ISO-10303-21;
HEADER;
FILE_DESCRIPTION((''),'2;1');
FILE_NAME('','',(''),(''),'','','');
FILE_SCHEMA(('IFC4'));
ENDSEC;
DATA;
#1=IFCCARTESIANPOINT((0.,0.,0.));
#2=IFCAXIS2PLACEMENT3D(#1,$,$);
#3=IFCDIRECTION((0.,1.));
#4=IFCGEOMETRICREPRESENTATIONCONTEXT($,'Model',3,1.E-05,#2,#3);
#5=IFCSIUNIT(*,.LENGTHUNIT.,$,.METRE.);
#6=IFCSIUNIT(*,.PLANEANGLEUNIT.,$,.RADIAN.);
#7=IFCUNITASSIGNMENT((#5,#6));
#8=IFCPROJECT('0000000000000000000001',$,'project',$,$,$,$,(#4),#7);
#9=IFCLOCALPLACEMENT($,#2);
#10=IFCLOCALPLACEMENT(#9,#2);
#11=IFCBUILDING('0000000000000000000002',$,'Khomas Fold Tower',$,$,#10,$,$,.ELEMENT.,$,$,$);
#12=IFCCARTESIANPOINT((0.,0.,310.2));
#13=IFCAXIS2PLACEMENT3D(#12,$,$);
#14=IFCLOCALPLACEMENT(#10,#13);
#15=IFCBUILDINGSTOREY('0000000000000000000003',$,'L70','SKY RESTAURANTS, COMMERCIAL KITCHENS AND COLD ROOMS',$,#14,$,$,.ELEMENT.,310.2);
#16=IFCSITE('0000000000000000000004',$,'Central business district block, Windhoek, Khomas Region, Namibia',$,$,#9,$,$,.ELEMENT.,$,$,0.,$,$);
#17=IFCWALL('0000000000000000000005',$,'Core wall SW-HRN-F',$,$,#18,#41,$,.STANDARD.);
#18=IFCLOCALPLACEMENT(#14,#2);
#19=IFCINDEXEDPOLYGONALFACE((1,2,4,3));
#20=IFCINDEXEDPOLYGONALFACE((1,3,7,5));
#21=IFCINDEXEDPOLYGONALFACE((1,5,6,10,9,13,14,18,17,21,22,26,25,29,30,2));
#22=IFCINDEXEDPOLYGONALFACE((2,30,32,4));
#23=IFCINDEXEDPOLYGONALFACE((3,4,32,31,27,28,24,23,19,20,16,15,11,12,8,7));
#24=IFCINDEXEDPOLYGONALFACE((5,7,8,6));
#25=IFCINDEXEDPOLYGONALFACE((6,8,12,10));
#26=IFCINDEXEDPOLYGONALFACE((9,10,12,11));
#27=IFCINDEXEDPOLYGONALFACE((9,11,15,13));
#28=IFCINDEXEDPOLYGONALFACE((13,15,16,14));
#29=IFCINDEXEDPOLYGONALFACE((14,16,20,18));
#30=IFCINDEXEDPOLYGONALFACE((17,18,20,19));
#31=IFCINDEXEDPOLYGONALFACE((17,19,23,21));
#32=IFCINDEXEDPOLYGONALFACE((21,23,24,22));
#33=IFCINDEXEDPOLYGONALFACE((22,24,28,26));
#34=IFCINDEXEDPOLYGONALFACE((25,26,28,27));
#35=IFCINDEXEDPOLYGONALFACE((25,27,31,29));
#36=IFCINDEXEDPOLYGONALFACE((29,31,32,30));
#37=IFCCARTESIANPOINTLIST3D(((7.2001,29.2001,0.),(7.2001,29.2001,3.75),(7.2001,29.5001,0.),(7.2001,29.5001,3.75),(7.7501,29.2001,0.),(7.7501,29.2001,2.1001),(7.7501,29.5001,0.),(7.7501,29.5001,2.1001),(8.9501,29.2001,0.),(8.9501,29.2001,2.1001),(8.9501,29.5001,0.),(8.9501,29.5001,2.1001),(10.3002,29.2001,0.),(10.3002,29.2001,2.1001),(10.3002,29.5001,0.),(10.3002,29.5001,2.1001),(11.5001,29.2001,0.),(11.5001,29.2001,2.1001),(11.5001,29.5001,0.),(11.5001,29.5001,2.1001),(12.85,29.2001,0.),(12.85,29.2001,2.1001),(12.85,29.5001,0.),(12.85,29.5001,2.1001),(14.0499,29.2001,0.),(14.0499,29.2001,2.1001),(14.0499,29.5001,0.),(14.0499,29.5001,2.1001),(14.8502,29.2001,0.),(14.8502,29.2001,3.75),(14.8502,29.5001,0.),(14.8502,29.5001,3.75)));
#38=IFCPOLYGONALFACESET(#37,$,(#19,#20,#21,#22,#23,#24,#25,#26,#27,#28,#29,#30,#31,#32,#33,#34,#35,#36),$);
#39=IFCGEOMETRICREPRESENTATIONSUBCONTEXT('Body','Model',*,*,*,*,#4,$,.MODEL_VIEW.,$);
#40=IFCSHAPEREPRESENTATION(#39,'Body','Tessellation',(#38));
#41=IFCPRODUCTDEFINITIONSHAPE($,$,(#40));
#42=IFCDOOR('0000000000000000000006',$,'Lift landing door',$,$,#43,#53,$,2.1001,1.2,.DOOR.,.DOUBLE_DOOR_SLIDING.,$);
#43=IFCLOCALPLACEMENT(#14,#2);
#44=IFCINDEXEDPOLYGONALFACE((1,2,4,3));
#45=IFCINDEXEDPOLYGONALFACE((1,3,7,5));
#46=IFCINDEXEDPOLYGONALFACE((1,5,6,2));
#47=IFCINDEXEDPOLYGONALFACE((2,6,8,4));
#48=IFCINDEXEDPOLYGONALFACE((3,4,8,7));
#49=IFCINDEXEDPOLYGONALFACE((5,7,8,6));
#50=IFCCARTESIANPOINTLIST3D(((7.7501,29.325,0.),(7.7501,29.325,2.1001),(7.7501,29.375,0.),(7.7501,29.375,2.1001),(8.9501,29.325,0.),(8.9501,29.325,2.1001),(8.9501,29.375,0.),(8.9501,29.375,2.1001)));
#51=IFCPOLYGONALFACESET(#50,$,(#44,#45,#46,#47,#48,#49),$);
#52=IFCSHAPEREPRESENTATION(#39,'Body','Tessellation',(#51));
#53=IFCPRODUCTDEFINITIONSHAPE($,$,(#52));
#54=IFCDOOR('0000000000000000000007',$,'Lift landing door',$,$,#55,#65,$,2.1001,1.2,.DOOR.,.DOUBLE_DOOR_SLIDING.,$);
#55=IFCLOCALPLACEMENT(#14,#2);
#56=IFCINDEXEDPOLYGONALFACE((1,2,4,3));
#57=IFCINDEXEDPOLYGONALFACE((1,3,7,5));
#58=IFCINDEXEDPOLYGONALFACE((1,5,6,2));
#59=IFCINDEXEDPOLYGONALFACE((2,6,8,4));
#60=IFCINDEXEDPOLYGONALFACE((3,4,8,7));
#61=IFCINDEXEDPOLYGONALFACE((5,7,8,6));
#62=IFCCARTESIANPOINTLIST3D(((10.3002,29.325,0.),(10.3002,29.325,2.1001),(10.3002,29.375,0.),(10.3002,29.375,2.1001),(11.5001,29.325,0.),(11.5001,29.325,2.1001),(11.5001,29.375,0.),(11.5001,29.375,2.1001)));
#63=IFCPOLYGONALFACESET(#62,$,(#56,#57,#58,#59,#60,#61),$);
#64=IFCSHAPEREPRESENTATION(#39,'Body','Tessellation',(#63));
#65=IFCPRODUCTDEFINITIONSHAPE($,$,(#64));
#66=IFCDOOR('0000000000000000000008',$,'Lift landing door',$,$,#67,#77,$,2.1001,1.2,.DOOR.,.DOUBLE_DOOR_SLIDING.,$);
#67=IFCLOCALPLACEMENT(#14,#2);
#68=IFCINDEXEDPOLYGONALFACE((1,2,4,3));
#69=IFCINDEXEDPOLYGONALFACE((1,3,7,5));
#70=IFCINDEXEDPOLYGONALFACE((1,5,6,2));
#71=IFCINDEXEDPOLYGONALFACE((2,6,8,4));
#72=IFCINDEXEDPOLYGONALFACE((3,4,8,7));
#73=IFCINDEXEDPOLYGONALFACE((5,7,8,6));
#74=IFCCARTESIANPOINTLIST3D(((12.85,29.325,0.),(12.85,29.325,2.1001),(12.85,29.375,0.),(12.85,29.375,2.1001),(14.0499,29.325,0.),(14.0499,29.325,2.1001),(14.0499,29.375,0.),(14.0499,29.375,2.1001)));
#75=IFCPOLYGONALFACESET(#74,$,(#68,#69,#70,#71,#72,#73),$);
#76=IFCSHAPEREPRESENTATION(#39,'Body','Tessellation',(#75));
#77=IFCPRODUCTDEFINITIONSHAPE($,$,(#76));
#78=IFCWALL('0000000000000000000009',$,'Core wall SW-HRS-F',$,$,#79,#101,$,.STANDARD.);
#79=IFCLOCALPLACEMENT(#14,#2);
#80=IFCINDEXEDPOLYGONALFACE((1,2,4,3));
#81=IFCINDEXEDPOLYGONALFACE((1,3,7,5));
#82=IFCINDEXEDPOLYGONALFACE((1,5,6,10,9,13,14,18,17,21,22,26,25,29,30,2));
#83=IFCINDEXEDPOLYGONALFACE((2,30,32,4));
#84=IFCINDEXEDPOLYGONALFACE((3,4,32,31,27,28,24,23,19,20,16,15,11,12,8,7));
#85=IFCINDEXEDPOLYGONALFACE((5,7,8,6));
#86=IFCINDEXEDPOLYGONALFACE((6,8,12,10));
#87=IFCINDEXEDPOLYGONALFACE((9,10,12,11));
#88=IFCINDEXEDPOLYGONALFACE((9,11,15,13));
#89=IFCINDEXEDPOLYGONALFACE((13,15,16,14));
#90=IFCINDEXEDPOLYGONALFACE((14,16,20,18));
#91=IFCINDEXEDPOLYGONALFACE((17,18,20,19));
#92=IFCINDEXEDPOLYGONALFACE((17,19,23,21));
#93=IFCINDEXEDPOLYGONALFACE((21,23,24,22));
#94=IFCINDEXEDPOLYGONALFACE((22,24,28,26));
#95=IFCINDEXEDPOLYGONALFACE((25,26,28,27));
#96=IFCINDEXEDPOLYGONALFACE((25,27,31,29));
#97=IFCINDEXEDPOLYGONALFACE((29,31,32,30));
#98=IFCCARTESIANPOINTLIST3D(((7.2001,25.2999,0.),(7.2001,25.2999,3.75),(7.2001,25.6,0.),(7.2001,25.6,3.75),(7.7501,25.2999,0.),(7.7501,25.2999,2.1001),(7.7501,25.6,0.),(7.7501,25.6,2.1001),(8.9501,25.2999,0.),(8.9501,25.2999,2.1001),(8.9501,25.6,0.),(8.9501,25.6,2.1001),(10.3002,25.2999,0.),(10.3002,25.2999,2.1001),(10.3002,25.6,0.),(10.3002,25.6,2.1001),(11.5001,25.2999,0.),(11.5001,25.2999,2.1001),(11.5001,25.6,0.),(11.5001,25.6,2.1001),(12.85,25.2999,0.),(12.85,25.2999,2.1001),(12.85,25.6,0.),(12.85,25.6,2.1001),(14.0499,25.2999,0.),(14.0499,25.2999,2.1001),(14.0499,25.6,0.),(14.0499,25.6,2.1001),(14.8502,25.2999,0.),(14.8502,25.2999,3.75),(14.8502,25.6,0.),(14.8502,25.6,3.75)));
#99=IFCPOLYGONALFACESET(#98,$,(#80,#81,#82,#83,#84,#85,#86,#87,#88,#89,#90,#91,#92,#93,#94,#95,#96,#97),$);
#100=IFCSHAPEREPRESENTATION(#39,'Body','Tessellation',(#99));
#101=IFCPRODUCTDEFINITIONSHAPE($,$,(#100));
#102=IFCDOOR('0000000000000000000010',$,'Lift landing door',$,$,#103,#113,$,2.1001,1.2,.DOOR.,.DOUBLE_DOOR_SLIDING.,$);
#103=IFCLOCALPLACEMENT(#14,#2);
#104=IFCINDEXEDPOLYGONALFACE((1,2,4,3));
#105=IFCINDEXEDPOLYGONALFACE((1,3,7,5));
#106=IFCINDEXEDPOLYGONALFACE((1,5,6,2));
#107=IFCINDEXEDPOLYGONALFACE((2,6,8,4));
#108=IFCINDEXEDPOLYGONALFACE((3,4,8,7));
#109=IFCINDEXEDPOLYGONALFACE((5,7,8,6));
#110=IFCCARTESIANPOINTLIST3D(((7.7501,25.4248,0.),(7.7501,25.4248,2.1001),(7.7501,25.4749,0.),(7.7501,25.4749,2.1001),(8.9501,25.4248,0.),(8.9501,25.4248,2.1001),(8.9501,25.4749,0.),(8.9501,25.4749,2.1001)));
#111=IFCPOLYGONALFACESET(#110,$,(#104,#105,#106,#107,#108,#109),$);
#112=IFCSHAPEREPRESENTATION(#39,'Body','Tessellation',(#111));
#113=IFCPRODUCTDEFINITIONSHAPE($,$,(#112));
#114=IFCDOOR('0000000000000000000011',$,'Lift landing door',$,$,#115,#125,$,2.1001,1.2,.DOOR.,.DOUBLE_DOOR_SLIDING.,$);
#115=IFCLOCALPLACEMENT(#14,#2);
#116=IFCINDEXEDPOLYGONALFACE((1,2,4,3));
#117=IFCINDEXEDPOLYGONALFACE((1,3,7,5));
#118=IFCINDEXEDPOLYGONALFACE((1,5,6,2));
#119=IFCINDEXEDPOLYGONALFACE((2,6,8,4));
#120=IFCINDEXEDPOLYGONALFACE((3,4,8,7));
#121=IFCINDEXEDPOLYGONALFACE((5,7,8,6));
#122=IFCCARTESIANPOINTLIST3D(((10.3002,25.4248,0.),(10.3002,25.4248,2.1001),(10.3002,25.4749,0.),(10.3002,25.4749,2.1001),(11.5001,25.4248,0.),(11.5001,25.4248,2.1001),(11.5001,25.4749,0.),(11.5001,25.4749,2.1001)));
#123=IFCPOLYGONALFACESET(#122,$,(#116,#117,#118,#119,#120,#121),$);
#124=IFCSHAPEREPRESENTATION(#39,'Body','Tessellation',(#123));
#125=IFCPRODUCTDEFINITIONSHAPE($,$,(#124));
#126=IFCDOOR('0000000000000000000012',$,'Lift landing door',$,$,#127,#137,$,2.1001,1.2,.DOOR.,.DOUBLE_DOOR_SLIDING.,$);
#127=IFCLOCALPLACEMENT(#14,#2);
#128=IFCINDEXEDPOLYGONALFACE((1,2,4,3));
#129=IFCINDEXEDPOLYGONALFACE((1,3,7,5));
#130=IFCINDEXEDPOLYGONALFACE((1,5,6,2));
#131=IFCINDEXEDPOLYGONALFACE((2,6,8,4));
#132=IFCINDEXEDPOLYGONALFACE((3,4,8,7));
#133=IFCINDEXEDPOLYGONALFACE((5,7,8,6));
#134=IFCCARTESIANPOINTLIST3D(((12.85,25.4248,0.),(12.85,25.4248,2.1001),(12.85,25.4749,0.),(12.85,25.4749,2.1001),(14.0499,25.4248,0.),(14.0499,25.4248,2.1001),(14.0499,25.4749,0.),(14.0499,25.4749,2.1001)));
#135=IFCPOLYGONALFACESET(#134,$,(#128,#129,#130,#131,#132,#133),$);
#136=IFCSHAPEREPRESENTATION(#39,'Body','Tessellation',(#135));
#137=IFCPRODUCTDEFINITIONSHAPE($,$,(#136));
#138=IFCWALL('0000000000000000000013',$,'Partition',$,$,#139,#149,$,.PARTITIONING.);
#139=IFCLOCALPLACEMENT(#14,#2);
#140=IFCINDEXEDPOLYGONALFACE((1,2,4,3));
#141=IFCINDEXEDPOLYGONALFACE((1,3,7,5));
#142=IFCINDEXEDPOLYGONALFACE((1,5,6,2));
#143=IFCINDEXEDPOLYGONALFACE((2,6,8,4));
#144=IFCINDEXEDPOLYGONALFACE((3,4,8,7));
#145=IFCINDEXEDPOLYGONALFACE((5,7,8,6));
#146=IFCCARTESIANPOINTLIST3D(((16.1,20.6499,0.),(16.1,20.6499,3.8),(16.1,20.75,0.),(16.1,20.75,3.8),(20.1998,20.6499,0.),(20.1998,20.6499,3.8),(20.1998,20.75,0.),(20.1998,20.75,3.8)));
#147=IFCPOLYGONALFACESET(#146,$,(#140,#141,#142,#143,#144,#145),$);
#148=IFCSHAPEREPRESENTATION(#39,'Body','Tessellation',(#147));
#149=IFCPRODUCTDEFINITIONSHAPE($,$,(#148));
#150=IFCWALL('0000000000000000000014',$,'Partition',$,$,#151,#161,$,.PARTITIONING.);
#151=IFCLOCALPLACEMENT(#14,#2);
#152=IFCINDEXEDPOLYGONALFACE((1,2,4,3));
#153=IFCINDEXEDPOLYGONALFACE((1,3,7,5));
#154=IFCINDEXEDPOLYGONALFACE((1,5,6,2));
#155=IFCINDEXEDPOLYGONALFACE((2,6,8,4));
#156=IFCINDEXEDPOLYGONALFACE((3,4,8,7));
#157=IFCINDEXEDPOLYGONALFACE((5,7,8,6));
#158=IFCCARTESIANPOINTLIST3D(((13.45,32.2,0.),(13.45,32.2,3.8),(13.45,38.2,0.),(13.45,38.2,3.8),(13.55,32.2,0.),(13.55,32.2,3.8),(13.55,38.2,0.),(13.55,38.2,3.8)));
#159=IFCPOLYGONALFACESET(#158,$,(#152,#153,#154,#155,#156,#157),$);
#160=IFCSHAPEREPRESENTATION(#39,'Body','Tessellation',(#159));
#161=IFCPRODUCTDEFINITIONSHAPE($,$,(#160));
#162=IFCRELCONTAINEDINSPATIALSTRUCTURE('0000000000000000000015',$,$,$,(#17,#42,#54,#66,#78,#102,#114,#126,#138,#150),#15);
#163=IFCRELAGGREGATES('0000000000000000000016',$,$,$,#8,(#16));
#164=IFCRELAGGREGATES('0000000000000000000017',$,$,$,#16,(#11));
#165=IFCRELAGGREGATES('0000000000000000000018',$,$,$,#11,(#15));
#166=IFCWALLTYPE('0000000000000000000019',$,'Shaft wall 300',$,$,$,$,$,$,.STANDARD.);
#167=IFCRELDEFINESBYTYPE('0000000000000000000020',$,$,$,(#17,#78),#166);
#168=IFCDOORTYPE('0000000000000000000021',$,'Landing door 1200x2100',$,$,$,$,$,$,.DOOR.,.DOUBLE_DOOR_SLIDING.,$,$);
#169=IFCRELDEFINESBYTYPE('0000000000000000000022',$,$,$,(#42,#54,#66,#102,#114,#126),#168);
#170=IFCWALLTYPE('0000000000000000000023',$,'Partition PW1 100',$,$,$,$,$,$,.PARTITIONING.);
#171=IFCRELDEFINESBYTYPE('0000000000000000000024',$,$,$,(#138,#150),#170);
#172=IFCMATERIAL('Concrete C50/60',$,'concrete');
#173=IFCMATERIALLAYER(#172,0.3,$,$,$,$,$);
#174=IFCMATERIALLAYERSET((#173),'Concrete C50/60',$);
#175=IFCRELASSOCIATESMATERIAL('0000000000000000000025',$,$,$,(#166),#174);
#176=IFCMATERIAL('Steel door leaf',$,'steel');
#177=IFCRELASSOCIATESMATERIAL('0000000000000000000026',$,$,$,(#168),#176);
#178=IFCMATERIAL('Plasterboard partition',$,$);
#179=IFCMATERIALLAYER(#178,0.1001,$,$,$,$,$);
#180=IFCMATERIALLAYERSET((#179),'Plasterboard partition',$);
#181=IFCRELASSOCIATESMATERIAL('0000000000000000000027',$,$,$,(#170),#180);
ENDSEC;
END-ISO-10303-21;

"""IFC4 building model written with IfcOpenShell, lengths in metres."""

from ifc_helpers import new_model, si_unit, direction, frame, frame_2d, origin, place, context, subcontext, project, spatial, rectangle, extrude, source, transform, mapped, material, layer, layer_set, type_object, element, fill, save


model = new_model("IFC4")

# Units and contexts
model_context = context("Model", 3, precision=1e-05, world=origin(), true_north=direction((0.0, 1.0)))
body_context = subcontext(model_context, "Body", "Model", "MODEL_VIEW")
ifc_project = project(units=[si_unit("LENGTHUNIT", "METRE"), si_unit("PLANEANGLEUNIT", "RADIAN")], contexts=[model_context])

# Site, building, storey
site_placement = place(None, origin())
site = spatial("IfcSite", under=ifc_project, at=site_placement, Name="Central business district block, Windhoek, Khomas Region, Namibia", CompositionType="ELEMENT", RefElevation=0.0)
building_placement = place(site_placement, origin())
building = spatial("IfcBuilding", under=site, at=building_placement, Name="Khomas Fold Tower", CompositionType="ELEMENT")
storey_placement = place(building_placement, frame((0.0, 0.0, 310.2)))
storey = spatial("IfcBuildingStorey", under=building, at=storey_placement, Name="L70", Description="SKY RESTAURANTS, COMMERCIAL KITCHENS AND COLD ROOMS", CompositionType="ELEMENT", Elevation=310.2)

# Shared definitions
ifc_material_1 = material(Name="Concrete C50/60", Category="concrete")
ifc_layer_1 = layer(ifc_material_1, 0.3)
ifc_layer_set_1 = layer_set([ifc_layer_1], Name="Concrete C50/60")
wall_type_1 = type_object("IfcWallType", Name="Shaft wall 300", PredefinedType="STANDARD", material=ifc_layer_set_1)
shared_shape_1 = source(origin(), body_context, "Body", "SweptSolid", [
    extrude(rectangle(XDim=7.6501, YDim=0.3, at=frame_2d((3.8252, 0.0))), origin(), (0.0, 0.0, 1.0), 3.75),
])

# Walls, openings, doors
wall_1_placement = place(storey_placement, frame((7.2, 29.3501, 0.0), z_axis=(0.0, 0.0, 1.0), x_axis=(1.0, 0.0, 0.0)))
wall_1 = element("IfcWall", 1, at=wall_1_placement, inside=storey, type_object=wall_type_1, Name="Core wall SW-HRN-F", PredefinedType="STANDARD", context=body_context, shape_type="MappedRepresentation", body=[
    mapped(shared_shape_1, transform((0.0, 0.0, 0.0))),
])
shared_shape_2 = source(origin(), body_context, "Body", "SweptSolid", [
    extrude(rectangle(XDim=1.2, YDim=2.1001, at=frame_2d((0.6001, 1.05))), frame((0.0, 0.1599, 0.0), z_axis=(0.0, -1.0, 0.0), x_axis=(1.0, 0.0, 0.0)), (0.0, 0.0, 1.0), 0.3201),
])
opening_1_placement = place(wall_1_placement, frame((0.55, 0.0, 0.0)))
opening_1 = element("IfcOpeningElement", 2, at=opening_1_placement, cuts=wall_1, PredefinedType="OPENING", context=body_context, shape_type="MappedRepresentation", body=[
    mapped(shared_shape_2, transform((0.0, 0.0, 0.0))),
])
opening_2_placement = place(wall_1_placement, frame((3.1001, 0.0, 0.0)))
opening_2 = element("IfcOpeningElement", 3, at=opening_2_placement, cuts=wall_1, PredefinedType="OPENING", context=body_context, shape_type="MappedRepresentation", body=[
    mapped(shared_shape_2, transform((0.0, 0.0, 0.0))),
])
opening_3_placement = place(wall_1_placement, frame((5.6499, 0.0, 0.0)))
opening_3 = element("IfcOpeningElement", 4, at=opening_3_placement, cuts=wall_1, PredefinedType="OPENING", context=body_context, shape_type="MappedRepresentation", body=[
    mapped(shared_shape_2, transform((0.0, 0.0, 0.0))),
])
ifc_material_2 = material(Name="Steel door leaf", Category="steel")
door_type_1 = type_object("IfcDoorType", Name="Landing door 1200x2100", OperationType="DOUBLE_DOOR_SLIDING", PredefinedType="DOOR", material=ifc_material_2)
shared_shape_3 = source(origin(), body_context, "Body", "SweptSolid", [
    extrude(rectangle(XDim=1.2, YDim=2.1001, at=frame_2d((0.6001, 1.05))), frame((0.0, 0.0249, 0.0), z_axis=(0.0, -1.0, 0.0), x_axis=(1.0, 0.0, 0.0)), (0.0, 0.0, 1.0), 0.05),
])
door_1_placement = place(opening_1_placement, origin())
door_1 = element("IfcDoor", 5, at=door_1_placement, inside=storey, type_object=door_type_1, Name="Lift landing door", OperationType="DOUBLE_DOOR_SLIDING", OverallHeight=2.1001, OverallWidth=1.2, PredefinedType="DOOR", context=body_context, shape_type="MappedRepresentation", body=[
    mapped(shared_shape_3, transform((0.0, 0.0, 0.0))),
])
fill(opening_1, door_1)
door_2_placement = place(opening_2_placement, origin())
door_2 = element("IfcDoor", 6, at=door_2_placement, inside=storey, type_object=door_type_1, Name="Lift landing door", OperationType="DOUBLE_DOOR_SLIDING", OverallHeight=2.1001, OverallWidth=1.2, PredefinedType="DOOR", context=body_context, shape_type="MappedRepresentation", body=[
    mapped(shared_shape_3, transform((0.0, 0.0, 0.0))),
])
fill(opening_2, door_2)
door_3_placement = place(opening_3_placement, origin())
door_3 = element("IfcDoor", 7, at=door_3_placement, inside=storey, type_object=door_type_1, Name="Lift landing door", OperationType="DOUBLE_DOOR_SLIDING", OverallHeight=2.1001, OverallWidth=1.2, PredefinedType="DOOR", context=body_context, shape_type="MappedRepresentation", body=[
    mapped(shared_shape_3, transform((0.0, 0.0, 0.0))),
])
fill(opening_3, door_3)
wall_2_placement = place(storey_placement, frame((7.2, 25.45, 0.0), z_axis=(0.0, 0.0, 1.0), x_axis=(1.0, 0.0, 0.0)))
wall_2 = element("IfcWall", 8, at=wall_2_placement, inside=storey, type_object=wall_type_1, Name="Core wall SW-HRS-F", PredefinedType="STANDARD", context=body_context, shape_type="MappedRepresentation", body=[
    mapped(shared_shape_1, transform((0.0, 0.0, 0.0))),
])
opening_4_placement = place(wall_2_placement, frame((0.55, 0.0, 0.0)))
opening_4 = element("IfcOpeningElement", 9, at=opening_4_placement, cuts=wall_2, PredefinedType="OPENING", context=body_context, shape_type="MappedRepresentation", body=[
    mapped(shared_shape_2, transform((0.0, 0.0, 0.0))),
])
opening_5_placement = place(wall_2_placement, frame((3.1001, 0.0, 0.0)))
opening_5 = element("IfcOpeningElement", 10, at=opening_5_placement, cuts=wall_2, PredefinedType="OPENING", context=body_context, shape_type="MappedRepresentation", body=[
    mapped(shared_shape_2, transform((0.0, 0.0, 0.0))),
])
opening_6_placement = place(wall_2_placement, frame((5.6499, 0.0, 0.0)))
opening_6 = element("IfcOpeningElement", 11, at=opening_6_placement, cuts=wall_2, PredefinedType="OPENING", context=body_context, shape_type="MappedRepresentation", body=[
    mapped(shared_shape_2, transform((0.0, 0.0, 0.0))),
])
door_4_placement = place(opening_4_placement, origin())
door_4 = element("IfcDoor", 12, at=door_4_placement, inside=storey, type_object=door_type_1, Name="Lift landing door", OperationType="DOUBLE_DOOR_SLIDING", OverallHeight=2.1001, OverallWidth=1.2, PredefinedType="DOOR", context=body_context, shape_type="MappedRepresentation", body=[
    mapped(shared_shape_3, transform((0.0, 0.0, 0.0))),
])
fill(opening_4, door_4)
door_5_placement = place(opening_5_placement, origin())
door_5 = element("IfcDoor", 13, at=door_5_placement, inside=storey, type_object=door_type_1, Name="Lift landing door", OperationType="DOUBLE_DOOR_SLIDING", OverallHeight=2.1001, OverallWidth=1.2, PredefinedType="DOOR", context=body_context, shape_type="MappedRepresentation", body=[
    mapped(shared_shape_3, transform((0.0, 0.0, 0.0))),
])
fill(opening_5, door_5)
door_6_placement = place(opening_6_placement, origin())
door_6 = element("IfcDoor", 14, at=door_6_placement, inside=storey, type_object=door_type_1, Name="Lift landing door", OperationType="DOUBLE_DOOR_SLIDING", OverallHeight=2.1001, OverallWidth=1.2, PredefinedType="DOOR", context=body_context, shape_type="MappedRepresentation", body=[
    mapped(shared_shape_3, transform((0.0, 0.0, 0.0))),
])
fill(opening_6, door_6)

# Walls
ifc_material_3 = material(Name="Plasterboard partition")
ifc_layer_2 = layer(ifc_material_3, 0.1001)
ifc_layer_set_2 = layer_set([ifc_layer_2], Name="Plasterboard partition")
wall_type_2 = type_object("IfcWallType", Name="Partition PW1 100", PredefinedType="PARTITIONING", material=ifc_layer_set_2)
shared_shape_4 = source(origin(), body_context, "Body", "SweptSolid", [
    extrude(rectangle(XDim=4.0999, YDim=0.1001, at=frame_2d((2.0498, 0.0))), origin(), (0.0, 0.0, 1.0), 3.8),
])
wall_3_placement = place(storey_placement, frame((16.1001, 20.7, 0.0), z_axis=(0.0, 0.0, 1.0), x_axis=(1.0, 0.0, 0.0)))
element("IfcWall", 15, at=wall_3_placement, inside=storey, type_object=wall_type_2, Name="Partition", PredefinedType="PARTITIONING", context=body_context, shape_type="MappedRepresentation", body=[
    mapped(shared_shape_4, transform((0.0, 0.0, 0.0))),
])
shared_shape_5 = source(origin(), body_context, "Body", "SweptSolid", [
    extrude(rectangle(XDim=6.0, YDim=0.1001, at=frame_2d((3.0, 0.0))), origin(), (0.0, 0.0, 1.0), 3.8),
])
wall_4_placement = place(storey_placement, frame((13.5, 32.2, 0.0), z_axis=(0.0, 0.0, 1.0), x_axis=(0.0, 1.0, 0.0)))
element("IfcWall", 16, at=wall_4_placement, inside=storey, type_object=wall_type_2, Name="Partition", PredefinedType="PARTITIONING", context=body_context, shape_type="MappedRepresentation", body=[
    mapped(shared_shape_5, transform((0.0, 0.0, 0.0))),
])

save(model, "model.ifc")
